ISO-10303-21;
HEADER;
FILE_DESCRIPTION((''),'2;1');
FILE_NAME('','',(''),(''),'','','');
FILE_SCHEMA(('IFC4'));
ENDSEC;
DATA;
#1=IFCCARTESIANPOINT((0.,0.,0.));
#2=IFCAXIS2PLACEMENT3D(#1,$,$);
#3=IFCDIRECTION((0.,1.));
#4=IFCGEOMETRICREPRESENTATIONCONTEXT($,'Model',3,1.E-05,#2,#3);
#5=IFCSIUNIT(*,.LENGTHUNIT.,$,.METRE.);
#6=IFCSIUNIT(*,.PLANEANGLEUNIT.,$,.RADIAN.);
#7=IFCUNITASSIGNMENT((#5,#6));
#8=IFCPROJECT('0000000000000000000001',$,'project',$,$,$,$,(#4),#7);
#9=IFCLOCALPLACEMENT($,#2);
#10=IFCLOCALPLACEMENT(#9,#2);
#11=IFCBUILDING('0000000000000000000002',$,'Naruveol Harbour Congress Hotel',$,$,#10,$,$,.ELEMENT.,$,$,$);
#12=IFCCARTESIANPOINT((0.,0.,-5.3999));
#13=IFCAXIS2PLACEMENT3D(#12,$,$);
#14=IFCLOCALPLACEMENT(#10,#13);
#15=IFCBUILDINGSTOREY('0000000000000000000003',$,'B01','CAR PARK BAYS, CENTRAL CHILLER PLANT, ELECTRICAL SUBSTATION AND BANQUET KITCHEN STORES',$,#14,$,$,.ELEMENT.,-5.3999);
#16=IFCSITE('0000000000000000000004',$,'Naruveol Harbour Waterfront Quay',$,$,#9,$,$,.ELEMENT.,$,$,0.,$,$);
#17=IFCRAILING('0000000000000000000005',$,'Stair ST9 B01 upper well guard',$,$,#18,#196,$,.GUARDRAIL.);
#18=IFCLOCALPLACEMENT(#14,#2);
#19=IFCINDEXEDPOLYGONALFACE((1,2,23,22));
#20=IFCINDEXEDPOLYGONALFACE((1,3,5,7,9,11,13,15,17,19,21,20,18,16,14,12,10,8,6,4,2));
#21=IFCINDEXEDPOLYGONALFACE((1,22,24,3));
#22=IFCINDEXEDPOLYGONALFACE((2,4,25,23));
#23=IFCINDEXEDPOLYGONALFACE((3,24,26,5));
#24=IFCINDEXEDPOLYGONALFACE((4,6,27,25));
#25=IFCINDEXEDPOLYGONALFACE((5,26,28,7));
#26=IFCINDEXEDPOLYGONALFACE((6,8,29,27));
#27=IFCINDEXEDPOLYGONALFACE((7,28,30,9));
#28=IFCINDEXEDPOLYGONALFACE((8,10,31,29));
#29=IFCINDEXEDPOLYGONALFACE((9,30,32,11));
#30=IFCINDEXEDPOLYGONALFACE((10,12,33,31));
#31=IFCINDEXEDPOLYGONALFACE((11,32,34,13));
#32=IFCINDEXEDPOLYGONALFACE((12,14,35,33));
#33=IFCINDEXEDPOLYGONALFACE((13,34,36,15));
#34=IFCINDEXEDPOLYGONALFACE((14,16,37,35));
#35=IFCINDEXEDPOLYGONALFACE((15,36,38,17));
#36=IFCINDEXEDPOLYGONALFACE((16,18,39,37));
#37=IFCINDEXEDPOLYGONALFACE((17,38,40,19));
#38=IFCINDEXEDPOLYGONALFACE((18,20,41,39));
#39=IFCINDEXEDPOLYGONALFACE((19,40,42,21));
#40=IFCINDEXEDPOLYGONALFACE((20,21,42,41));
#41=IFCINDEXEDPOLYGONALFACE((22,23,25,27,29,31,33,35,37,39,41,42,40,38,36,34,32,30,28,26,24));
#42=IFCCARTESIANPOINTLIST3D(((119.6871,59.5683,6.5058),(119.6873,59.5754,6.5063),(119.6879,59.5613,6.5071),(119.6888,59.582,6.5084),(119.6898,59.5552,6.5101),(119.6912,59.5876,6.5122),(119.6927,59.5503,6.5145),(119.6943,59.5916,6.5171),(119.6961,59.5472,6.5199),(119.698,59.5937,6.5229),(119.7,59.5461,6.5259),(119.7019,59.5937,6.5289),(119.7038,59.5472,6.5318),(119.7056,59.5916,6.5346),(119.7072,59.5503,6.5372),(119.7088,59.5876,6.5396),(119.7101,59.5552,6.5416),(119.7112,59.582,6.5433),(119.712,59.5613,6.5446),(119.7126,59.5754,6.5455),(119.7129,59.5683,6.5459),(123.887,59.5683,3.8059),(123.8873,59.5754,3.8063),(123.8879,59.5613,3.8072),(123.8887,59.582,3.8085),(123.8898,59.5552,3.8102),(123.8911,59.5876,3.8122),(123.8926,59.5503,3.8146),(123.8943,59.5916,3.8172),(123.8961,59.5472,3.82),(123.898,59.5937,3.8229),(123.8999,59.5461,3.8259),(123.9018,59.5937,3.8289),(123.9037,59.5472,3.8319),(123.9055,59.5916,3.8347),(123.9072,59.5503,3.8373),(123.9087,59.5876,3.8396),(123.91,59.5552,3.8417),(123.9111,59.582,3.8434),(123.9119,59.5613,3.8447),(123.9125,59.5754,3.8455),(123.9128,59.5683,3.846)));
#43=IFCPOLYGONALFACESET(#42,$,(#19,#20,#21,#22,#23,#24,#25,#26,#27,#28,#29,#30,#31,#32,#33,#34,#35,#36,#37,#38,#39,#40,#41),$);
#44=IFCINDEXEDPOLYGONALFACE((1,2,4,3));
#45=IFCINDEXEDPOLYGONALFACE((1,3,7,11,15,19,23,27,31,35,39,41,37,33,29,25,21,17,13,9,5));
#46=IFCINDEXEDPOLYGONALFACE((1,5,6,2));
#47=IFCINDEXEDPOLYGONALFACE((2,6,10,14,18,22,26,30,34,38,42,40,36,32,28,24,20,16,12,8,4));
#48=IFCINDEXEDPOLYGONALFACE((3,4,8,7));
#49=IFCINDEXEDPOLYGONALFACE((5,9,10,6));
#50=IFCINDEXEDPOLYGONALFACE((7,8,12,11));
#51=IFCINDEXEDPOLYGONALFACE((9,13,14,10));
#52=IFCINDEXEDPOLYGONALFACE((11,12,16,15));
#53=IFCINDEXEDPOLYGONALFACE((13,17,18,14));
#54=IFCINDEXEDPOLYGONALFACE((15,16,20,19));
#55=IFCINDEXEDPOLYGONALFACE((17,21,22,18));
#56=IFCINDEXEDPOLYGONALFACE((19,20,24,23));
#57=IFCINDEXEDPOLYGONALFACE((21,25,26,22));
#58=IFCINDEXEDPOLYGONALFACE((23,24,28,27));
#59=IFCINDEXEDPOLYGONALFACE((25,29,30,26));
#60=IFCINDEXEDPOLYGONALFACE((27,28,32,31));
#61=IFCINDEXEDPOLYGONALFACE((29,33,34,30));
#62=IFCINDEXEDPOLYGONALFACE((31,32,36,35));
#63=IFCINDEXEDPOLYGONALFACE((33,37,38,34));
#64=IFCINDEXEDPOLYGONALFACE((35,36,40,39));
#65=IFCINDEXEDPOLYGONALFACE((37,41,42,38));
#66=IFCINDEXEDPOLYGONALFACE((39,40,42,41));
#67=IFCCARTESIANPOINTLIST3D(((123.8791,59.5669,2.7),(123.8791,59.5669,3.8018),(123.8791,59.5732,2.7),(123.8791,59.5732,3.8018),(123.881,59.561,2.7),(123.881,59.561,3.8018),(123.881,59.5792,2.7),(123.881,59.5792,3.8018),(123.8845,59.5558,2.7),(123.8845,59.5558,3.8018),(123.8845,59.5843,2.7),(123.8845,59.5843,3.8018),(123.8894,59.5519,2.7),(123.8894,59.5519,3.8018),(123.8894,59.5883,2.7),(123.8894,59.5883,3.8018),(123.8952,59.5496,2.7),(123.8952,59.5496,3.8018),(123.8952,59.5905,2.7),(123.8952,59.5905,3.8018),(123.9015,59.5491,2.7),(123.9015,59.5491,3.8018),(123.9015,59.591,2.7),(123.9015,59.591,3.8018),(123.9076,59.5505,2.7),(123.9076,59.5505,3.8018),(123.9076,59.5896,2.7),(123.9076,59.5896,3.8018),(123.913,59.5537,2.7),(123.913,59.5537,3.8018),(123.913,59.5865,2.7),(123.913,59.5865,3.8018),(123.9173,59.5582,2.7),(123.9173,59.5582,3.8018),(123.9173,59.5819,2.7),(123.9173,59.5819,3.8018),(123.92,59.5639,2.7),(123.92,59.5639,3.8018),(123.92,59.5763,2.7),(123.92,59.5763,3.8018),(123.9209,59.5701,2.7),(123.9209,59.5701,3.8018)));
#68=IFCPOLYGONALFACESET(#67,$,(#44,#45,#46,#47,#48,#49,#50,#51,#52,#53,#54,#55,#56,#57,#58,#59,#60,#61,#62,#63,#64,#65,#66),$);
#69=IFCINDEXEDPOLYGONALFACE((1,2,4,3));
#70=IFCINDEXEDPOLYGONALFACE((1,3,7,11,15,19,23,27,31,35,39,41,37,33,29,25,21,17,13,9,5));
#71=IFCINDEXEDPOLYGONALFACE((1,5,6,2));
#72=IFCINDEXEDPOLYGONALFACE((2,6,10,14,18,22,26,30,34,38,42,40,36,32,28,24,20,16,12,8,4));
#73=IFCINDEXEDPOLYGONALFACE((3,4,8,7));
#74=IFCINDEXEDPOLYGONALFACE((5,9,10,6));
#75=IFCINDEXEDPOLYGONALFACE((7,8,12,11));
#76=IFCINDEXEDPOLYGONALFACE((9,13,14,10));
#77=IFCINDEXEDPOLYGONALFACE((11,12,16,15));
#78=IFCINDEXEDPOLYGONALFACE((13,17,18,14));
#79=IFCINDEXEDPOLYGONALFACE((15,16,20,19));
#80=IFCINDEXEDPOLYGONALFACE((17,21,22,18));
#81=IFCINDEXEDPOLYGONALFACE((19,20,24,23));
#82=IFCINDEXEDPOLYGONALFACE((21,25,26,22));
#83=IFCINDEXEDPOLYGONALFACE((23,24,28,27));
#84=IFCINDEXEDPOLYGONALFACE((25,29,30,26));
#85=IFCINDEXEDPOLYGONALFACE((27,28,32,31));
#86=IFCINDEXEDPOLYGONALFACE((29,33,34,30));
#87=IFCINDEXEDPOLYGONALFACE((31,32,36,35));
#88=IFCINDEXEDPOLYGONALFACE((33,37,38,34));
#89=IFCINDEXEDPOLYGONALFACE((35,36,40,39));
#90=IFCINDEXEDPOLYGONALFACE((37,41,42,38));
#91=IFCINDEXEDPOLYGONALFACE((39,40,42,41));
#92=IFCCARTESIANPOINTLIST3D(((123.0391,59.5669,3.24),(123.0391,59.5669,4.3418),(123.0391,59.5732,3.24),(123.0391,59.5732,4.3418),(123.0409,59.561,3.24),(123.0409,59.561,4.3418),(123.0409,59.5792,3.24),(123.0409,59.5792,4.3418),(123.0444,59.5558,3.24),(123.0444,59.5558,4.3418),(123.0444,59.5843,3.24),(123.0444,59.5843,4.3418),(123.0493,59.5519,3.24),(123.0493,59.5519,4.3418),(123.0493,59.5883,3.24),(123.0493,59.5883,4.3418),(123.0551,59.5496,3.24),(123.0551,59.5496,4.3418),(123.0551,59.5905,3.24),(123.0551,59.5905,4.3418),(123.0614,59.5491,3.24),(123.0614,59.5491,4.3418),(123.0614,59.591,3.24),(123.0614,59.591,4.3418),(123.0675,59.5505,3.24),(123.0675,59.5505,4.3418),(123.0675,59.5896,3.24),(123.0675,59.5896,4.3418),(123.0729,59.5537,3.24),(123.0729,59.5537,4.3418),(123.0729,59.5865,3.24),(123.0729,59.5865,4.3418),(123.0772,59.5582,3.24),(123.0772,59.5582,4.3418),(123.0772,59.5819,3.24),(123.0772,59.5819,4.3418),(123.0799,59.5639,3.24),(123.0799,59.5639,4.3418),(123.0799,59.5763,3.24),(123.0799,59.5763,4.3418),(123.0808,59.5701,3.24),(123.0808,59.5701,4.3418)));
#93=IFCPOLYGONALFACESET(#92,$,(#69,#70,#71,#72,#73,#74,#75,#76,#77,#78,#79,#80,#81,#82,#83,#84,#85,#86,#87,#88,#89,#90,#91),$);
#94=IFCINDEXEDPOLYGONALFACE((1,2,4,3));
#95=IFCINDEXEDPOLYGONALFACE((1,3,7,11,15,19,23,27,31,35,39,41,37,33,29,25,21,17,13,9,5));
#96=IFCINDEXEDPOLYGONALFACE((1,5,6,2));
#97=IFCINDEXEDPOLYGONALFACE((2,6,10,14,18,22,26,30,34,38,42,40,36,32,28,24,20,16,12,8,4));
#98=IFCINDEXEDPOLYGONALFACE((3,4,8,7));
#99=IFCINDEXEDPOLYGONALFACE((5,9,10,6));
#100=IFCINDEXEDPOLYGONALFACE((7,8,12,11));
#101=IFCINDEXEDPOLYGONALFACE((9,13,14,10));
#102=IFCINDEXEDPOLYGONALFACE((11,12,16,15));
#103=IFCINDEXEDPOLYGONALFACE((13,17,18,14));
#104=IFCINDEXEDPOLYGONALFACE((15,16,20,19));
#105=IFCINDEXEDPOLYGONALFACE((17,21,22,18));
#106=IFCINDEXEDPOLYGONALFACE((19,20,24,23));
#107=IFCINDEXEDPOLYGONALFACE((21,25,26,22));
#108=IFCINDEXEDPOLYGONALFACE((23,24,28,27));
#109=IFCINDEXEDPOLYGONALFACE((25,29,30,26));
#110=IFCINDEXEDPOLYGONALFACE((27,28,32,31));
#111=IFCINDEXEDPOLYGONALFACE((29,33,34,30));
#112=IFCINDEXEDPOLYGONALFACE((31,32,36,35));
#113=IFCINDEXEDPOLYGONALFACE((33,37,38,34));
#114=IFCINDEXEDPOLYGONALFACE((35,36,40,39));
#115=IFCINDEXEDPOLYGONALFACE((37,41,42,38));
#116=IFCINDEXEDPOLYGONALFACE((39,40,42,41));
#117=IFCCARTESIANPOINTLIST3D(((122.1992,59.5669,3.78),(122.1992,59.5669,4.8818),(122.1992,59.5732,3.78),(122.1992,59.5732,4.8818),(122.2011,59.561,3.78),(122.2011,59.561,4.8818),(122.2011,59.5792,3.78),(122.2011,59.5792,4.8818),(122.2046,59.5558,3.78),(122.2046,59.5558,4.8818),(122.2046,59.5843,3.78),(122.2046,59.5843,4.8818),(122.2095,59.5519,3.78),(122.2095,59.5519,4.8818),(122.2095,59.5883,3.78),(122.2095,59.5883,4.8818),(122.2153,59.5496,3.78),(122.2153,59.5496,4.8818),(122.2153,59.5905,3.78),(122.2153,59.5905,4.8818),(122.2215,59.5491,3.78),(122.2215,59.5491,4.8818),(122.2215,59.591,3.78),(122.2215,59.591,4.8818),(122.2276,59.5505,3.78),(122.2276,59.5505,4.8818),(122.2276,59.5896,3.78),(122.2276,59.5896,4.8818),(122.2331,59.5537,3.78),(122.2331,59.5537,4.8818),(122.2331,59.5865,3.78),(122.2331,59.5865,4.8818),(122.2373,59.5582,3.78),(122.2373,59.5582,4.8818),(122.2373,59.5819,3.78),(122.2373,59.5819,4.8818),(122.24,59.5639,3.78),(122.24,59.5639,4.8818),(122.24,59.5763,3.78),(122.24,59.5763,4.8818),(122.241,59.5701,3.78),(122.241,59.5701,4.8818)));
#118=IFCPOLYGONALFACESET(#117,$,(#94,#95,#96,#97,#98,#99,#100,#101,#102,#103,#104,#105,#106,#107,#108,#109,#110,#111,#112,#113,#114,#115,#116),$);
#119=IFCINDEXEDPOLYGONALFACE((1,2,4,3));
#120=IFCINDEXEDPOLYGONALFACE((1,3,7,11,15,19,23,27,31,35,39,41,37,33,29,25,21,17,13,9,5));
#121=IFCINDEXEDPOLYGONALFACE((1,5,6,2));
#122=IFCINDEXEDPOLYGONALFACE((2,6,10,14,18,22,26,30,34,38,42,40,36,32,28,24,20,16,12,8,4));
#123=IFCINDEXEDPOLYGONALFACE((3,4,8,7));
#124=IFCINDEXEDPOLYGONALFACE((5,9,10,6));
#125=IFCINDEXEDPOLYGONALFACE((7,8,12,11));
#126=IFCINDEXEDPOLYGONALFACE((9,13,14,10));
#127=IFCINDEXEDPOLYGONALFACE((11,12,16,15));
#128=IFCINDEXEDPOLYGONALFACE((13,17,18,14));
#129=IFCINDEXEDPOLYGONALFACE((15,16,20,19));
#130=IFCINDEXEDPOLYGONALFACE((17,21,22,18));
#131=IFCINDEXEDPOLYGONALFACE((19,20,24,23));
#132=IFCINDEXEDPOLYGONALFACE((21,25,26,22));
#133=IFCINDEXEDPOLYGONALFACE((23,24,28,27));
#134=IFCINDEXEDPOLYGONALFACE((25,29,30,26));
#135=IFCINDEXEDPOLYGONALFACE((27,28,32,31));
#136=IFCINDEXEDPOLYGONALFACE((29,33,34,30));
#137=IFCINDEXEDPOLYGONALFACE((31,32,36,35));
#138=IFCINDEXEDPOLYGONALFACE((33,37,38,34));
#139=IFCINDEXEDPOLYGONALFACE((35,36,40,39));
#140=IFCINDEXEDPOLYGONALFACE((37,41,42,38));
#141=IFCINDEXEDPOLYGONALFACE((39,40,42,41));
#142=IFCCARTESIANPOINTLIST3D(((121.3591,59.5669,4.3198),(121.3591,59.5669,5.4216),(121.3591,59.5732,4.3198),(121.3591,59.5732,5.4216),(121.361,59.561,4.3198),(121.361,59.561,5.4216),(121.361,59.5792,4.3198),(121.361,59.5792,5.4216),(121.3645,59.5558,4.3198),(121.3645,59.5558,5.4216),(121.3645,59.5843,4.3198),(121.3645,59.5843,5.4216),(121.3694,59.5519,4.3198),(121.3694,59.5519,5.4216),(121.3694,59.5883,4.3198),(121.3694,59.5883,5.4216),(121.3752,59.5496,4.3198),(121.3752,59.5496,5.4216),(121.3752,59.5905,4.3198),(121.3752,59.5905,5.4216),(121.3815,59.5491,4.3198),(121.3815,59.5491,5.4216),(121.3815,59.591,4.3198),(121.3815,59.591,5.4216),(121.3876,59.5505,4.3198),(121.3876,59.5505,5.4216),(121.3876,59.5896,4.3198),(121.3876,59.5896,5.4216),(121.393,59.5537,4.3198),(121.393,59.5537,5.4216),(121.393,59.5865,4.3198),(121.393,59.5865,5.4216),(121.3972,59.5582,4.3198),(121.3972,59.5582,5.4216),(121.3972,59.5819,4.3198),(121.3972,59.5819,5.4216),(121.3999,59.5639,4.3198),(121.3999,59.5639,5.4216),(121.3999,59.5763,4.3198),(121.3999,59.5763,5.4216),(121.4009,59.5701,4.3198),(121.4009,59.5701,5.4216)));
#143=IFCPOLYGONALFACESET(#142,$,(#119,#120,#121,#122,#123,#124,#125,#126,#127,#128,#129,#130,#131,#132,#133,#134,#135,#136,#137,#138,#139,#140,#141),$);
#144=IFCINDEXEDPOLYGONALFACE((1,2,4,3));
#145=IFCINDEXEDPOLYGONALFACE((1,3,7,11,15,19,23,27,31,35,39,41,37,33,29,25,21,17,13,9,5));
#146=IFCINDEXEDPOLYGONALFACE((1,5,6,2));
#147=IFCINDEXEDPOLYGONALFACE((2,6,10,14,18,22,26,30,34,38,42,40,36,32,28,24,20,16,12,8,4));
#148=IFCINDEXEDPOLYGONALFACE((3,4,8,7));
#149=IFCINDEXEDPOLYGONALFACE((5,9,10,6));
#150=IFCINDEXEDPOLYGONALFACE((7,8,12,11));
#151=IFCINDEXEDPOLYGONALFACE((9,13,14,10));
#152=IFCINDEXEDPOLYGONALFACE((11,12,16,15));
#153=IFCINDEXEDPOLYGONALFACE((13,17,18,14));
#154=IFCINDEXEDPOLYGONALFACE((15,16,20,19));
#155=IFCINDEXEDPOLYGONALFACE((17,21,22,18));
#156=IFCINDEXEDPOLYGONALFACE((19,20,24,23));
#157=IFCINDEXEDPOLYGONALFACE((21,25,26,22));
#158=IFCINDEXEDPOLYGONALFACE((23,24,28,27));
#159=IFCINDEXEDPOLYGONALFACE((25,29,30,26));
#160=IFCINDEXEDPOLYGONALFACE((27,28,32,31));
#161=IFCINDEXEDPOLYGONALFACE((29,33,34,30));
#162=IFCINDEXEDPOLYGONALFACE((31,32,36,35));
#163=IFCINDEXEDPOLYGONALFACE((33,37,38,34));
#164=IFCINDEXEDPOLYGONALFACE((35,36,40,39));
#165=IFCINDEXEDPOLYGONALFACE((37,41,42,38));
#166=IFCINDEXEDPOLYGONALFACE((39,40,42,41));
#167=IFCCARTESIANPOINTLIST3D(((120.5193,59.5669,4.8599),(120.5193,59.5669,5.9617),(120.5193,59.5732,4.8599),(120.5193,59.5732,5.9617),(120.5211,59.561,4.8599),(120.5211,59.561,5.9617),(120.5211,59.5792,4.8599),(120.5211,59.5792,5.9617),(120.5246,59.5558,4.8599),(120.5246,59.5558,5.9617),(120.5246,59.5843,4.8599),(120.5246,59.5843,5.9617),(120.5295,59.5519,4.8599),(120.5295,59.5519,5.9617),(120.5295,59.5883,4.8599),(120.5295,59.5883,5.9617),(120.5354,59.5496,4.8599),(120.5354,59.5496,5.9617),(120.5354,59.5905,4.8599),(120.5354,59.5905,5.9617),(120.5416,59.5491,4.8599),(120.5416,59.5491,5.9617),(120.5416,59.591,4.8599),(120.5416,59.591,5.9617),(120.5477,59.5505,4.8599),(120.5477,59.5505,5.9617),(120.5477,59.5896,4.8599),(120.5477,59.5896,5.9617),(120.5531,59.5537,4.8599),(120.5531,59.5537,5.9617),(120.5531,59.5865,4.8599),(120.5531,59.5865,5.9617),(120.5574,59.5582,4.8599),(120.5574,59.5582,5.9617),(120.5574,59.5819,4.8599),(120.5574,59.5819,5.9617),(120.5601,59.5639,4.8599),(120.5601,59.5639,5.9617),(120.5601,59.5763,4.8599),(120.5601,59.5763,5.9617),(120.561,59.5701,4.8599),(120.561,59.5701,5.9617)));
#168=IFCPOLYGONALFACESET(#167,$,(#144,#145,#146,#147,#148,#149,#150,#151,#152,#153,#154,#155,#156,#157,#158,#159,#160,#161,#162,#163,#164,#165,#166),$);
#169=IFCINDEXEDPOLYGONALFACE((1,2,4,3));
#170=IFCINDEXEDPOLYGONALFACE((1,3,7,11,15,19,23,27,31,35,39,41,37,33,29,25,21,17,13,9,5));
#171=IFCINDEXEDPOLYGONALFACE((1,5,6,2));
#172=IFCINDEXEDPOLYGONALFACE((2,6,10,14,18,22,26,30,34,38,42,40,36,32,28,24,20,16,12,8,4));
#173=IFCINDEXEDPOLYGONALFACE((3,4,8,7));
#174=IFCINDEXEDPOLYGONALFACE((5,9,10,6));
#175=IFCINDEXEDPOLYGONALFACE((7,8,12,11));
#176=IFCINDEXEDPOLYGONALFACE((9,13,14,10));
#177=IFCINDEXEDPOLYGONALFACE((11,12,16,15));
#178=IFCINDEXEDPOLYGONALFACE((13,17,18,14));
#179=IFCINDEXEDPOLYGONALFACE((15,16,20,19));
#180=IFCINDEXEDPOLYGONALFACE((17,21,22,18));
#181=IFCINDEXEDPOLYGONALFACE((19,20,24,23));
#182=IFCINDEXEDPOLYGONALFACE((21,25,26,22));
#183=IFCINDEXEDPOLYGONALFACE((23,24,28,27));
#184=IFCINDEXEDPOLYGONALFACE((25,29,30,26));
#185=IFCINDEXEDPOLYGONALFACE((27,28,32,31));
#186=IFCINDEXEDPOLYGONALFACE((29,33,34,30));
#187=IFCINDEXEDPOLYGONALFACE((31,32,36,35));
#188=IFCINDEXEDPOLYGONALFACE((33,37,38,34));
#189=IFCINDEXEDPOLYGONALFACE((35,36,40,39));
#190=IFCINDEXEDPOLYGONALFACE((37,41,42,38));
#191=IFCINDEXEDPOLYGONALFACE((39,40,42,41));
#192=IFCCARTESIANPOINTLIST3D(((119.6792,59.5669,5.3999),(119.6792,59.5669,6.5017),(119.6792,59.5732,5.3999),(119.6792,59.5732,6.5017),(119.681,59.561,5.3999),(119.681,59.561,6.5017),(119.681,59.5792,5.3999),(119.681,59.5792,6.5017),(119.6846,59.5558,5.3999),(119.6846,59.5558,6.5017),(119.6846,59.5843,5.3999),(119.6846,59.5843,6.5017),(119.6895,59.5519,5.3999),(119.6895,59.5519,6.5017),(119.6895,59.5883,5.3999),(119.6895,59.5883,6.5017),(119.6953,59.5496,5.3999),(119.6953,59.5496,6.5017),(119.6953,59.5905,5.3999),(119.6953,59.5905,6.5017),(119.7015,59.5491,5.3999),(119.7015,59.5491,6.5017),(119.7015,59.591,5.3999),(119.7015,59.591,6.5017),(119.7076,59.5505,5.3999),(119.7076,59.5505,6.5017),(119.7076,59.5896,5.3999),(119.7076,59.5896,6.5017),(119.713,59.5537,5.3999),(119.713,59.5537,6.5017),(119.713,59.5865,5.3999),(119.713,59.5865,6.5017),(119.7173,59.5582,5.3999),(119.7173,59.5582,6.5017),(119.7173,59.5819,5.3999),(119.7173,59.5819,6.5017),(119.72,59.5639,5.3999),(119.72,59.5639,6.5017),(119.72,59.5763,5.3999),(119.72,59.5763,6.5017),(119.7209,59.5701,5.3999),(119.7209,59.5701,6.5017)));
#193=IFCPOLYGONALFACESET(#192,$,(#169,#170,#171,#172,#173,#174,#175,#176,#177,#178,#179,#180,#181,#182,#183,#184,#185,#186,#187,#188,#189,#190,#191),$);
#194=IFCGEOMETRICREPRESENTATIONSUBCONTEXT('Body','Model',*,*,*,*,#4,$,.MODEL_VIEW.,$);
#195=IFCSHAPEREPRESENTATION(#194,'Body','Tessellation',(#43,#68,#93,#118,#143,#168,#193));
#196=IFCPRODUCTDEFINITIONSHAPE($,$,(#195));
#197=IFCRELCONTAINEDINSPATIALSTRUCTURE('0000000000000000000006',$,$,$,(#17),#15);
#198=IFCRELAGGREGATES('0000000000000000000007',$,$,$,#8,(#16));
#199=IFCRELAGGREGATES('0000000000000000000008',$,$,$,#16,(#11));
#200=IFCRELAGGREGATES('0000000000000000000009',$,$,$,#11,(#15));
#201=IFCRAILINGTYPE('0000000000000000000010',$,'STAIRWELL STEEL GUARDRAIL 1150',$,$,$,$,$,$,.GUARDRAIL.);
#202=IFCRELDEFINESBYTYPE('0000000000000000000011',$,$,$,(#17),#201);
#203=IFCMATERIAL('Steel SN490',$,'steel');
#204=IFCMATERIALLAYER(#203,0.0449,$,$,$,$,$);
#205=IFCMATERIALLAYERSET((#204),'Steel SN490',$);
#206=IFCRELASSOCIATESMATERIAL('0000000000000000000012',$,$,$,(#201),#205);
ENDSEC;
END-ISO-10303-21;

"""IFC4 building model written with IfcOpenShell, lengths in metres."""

from ifc_helpers import new_model, si_unit, direction, frame, origin, origin_2d, place, context, subcontext, project, spatial, circle, extrude, material, layer, layer_set, type_object, element, save


model = new_model("IFC4")

# Units and contexts
model_context = context("Model", 3, precision=1e-05, world=origin(), true_north=direction((0.0, 1.0)))
body_context = subcontext(model_context, "Body", "Model", "MODEL_VIEW")
ifc_project = project(units=[si_unit("LENGTHUNIT", "METRE"), si_unit("PLANEANGLEUNIT", "RADIAN")], contexts=[model_context])

# Site, building, storey
site_placement = place(None, origin())
site = spatial("IfcSite", under=ifc_project, at=site_placement, Name="Naruveol Harbour Waterfront Quay", CompositionType="ELEMENT", RefElevation=0.0)
building_placement = place(site_placement, origin())
building = spatial("IfcBuilding", under=site, at=building_placement, Name="Naruveol Harbour Congress Hotel", CompositionType="ELEMENT")
storey_placement = place(building_placement, frame((0.0, 0.0, -5.3999)))
storey = spatial("IfcBuildingStorey", under=building, at=storey_placement, Name="B01", Description="CAR PARK BAYS, CENTRAL CHILLER PLANT, ELECTRICAL SUBSTATION AND BANQUET KITCHEN STORES", CompositionType="ELEMENT", Elevation=-5.3999)

# Railing
ifc_material_1 = material(Name="Steel SN490", Category="steel")
ifc_layer_1 = layer(ifc_material_1, 0.0449)
ifc_layer_set_1 = layer_set([ifc_layer_1], Name="Steel SN490")
railing_type_1 = type_object("IfcRailingType", Name="STAIRWELL STEEL GUARDRAIL 1150", PredefinedType="GUARDRAIL", material=ifc_layer_set_1)
railing_1_placement = place(storey_placement, frame((123.8999, 59.5701, 2.7)))
element("IfcRailing", 1, at=railing_1_placement, inside=storey, type_object=railing_type_1, Name="Stair ST9 B01 upper well guard", PredefinedType="GUARDRAIL", context=body_context, shape_type="SweptSolid", body=[
    extrude(circle(Radius=0.0239, at=origin_2d()), frame((0.0, 0.0, 1.126), z_axis=(-0.84118, 0.0, 0.540755), x_axis=(0.0, -1.0, 0.0)), (0.0, 0.0, 1.0), 4.9929),
    extrude(circle(Radius=0.021, at=origin_2d()), origin(), (0.0, 0.0, 1.0), 1.1018),
    extrude(circle(Radius=0.021, at=origin_2d()), frame((-0.8401, 0.0, 0.54)), (0.0, 0.0, 1.0), 1.1018),
    extrude(circle(Radius=0.021, at=origin_2d()), frame((-1.6799, 0.0, 1.0801)), (0.0, 0.0, 1.0), 1.1018),
    extrude(circle(Radius=0.021, at=origin_2d()), frame((-2.52, 0.0, 1.6199)), (0.0, 0.0, 1.0), 1.1018),
    extrude(circle(Radius=0.021, at=origin_2d()), frame((-3.3599, 0.0, 2.1599)), (0.0, 0.0, 1.0), 1.1018),
    extrude(circle(Radius=0.021, at=origin_2d()), frame((-4.2, 0.0, 2.7)), (0.0, 0.0, 1.0), 1.1018),
])

save(model, "model.ifc")
